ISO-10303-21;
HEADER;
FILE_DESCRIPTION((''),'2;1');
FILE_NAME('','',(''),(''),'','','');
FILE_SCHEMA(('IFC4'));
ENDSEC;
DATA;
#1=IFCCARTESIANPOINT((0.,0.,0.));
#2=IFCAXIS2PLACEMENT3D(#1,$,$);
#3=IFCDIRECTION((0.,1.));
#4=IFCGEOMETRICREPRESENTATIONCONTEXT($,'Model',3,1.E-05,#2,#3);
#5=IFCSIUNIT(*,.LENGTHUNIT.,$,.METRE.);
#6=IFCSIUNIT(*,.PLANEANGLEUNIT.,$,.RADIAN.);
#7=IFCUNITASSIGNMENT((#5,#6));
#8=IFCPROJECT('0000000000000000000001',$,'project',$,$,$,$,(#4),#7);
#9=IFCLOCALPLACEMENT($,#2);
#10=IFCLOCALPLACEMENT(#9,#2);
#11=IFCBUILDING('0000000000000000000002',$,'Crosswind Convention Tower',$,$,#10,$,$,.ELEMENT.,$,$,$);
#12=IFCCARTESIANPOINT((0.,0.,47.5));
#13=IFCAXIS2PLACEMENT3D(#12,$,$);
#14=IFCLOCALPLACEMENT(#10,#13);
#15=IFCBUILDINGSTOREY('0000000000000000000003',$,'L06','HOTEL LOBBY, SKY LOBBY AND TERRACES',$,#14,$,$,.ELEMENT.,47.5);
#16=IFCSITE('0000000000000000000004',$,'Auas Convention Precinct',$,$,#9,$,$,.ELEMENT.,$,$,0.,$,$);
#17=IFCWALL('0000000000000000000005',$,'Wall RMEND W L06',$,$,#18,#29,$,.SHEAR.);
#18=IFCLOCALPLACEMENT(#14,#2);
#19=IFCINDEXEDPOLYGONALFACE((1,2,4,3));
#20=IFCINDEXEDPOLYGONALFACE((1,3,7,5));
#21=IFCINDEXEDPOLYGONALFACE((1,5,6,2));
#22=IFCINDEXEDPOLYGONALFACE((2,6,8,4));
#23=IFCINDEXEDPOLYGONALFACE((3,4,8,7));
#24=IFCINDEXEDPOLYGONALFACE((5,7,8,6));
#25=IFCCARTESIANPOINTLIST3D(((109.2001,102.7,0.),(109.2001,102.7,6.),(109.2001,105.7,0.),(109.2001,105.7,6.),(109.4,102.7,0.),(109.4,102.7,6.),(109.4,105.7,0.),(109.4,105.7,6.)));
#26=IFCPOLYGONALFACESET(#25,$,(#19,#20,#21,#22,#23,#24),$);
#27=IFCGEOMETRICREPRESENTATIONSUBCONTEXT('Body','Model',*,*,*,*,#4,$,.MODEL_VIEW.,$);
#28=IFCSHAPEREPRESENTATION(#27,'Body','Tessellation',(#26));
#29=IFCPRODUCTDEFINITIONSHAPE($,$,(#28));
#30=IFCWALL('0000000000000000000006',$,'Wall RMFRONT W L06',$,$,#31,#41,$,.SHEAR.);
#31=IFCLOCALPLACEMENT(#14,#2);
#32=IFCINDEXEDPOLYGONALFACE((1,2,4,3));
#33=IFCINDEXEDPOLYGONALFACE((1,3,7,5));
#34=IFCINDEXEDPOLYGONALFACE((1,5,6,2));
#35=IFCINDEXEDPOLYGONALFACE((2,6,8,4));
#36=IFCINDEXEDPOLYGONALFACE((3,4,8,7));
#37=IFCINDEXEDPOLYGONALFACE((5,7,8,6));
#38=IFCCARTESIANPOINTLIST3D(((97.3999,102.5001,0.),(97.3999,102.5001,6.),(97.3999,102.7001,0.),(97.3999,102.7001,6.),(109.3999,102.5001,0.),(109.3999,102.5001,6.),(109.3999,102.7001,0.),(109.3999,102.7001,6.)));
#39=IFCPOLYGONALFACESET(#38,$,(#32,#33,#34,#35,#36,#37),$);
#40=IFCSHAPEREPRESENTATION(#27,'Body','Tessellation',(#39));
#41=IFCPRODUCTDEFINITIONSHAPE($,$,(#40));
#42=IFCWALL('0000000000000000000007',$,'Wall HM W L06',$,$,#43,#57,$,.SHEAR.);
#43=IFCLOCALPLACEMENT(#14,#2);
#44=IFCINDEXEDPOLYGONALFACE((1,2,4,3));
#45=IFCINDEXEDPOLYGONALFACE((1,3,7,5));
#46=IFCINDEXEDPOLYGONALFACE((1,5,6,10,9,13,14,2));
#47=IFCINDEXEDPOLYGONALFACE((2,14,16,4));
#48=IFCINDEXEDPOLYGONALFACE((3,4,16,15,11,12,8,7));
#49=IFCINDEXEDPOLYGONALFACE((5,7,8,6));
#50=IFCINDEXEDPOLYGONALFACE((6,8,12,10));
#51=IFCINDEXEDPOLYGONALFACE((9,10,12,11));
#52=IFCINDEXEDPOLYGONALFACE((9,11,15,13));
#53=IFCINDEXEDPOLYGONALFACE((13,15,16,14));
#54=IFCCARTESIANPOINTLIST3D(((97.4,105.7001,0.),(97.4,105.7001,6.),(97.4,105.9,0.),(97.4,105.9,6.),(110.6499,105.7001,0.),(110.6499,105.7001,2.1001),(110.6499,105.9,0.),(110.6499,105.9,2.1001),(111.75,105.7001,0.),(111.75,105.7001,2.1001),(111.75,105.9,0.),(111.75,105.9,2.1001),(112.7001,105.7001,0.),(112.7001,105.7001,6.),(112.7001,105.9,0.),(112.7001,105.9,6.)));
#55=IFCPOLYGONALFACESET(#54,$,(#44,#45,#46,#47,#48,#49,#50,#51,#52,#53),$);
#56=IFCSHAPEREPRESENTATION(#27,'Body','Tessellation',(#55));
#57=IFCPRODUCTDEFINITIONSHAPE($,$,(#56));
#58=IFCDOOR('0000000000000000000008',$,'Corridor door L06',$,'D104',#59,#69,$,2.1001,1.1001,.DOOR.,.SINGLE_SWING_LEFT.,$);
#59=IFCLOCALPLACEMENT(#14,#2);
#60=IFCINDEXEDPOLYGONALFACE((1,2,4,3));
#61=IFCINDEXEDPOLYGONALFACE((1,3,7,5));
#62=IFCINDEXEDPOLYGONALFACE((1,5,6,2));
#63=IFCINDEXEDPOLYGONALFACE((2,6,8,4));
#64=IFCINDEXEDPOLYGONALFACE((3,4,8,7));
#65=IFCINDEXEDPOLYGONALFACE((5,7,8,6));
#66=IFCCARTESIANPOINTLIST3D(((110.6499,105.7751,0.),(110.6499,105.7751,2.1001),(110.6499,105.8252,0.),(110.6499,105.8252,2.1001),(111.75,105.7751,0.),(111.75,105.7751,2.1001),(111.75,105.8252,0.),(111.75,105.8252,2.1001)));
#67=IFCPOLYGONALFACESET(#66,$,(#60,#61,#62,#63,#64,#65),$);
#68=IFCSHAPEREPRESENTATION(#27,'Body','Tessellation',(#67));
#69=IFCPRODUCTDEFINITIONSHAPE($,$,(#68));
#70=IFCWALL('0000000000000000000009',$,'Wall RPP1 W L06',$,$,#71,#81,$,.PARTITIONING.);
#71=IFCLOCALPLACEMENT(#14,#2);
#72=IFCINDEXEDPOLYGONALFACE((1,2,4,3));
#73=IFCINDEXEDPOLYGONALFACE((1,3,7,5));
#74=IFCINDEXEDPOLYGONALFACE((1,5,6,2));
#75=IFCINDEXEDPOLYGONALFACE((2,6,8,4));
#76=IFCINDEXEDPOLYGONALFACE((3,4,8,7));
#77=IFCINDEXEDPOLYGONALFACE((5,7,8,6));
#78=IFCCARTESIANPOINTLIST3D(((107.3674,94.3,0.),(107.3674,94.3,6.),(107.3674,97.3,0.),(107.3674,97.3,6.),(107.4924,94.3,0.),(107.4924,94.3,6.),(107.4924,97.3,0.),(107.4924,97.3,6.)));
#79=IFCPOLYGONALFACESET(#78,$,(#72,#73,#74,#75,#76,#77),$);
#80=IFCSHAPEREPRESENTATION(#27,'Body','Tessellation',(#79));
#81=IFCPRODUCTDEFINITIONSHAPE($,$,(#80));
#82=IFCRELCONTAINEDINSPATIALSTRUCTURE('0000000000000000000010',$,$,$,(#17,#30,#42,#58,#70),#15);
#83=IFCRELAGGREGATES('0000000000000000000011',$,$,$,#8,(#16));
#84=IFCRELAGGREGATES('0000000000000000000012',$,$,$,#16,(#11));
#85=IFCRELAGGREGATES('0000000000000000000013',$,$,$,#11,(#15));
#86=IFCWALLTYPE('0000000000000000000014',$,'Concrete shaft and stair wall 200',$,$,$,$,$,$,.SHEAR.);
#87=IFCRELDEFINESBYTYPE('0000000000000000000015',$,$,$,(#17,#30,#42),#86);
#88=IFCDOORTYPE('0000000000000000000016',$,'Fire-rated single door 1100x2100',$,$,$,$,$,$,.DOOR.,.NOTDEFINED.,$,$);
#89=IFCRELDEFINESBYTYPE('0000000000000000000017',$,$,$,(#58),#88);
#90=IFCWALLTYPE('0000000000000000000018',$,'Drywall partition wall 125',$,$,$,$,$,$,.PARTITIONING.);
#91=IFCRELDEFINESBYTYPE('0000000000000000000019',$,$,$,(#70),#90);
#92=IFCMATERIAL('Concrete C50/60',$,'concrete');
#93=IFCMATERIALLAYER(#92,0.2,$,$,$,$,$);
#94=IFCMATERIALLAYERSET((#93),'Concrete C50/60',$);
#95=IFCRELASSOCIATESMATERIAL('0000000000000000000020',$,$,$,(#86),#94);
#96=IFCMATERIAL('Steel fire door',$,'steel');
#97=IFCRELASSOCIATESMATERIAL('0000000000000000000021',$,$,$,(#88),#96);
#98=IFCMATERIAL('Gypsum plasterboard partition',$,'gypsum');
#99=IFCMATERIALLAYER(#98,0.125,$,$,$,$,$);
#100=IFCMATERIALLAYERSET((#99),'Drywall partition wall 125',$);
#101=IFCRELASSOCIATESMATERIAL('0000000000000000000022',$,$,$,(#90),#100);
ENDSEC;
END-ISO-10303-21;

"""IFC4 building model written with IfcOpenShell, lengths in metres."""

from ifc_helpers import new_model, si_unit, direction, frame, frame_2d, origin, place, context, subcontext, project, spatial, rectangle, extrude, material, layer, layer_set, type_object, element, fill, save


model = new_model("IFC4")

# Units and contexts
model_context = context("Model", 3, precision=1e-05, world=origin(), true_north=direction((0.0, 1.0)))
body_context = subcontext(model_context, "Body", "Model", "MODEL_VIEW")
ifc_project = project(units=[si_unit("LENGTHUNIT", "METRE"), si_unit("PLANEANGLEUNIT", "RADIAN")], contexts=[model_context])

# Site, building, storey
site_placement = place(None, origin())
site = spatial("IfcSite", under=ifc_project, at=site_placement, Name="Auas Convention Precinct", CompositionType="ELEMENT", RefElevation=0.0)
building_placement = place(site_placement, origin())
building = spatial("IfcBuilding", under=site, at=building_placement, Name="Crosswind Convention Tower", CompositionType="ELEMENT")
storey_placement = place(building_placement, frame((0.0, 0.0, 47.5)))
storey = spatial("IfcBuildingStorey", under=building, at=storey_placement, Name="L06", Description="HOTEL LOBBY, SKY LOBBY AND TERRACES", CompositionType="ELEMENT", Elevation=47.5)

# Shared definitions
ifc_material_1 = material(Name="Concrete C50/60", Category="concrete")

# Shared definitions
ifc_layer_1 = layer(ifc_material_1, 0.2)
ifc_layer_set_1 = layer_set([ifc_layer_1], Name="Concrete C50/60")
wall_type_1 = type_object("IfcWallType", Name="Concrete shaft and stair wall 200", PredefinedType="SHEAR", material=ifc_layer_set_1)

# Walls
wall_1_placement = place(storey_placement, frame((109.3, 105.7, 0.0), z_axis=(0.0, 0.0, 1.0), x_axis=(0.0, -1.0, 0.0)))
element("IfcWall", 1, at=wall_1_placement, inside=storey, type_object=wall_type_1, Name="Wall RMEND W L06", PredefinedType="SHEAR", context=body_context, shape_type="SweptSolid", body=[
    extrude(rectangle(XDim=3.0, YDim=0.2, at=frame_2d((1.5, 0.0))), origin(), (0.0, 0.0, 1.0), 6.0),
])
wall_2_placement = place(storey_placement, frame((109.3999, 102.6001, 0.0), z_axis=(0.0, 0.0, 1.0), x_axis=(-1.0, 0.0, 0.0)))
element("IfcWall", 2, at=wall_2_placement, inside=storey, type_object=wall_type_1, Name="Wall RMFRONT W L06", PredefinedType="SHEAR", context=body_context, shape_type="SweptSolid", body=[
    extrude(rectangle(XDim=12.0, YDim=0.2, at=frame_2d((6.0, 0.0))), origin(), (0.0, 0.0, 1.0), 6.0),
])

# Wall, opening, door
wall_3_placement = place(storey_placement, frame((112.7, 105.8, 0.0), z_axis=(0.0, 0.0, 1.0), x_axis=(-1.0, 0.0, 0.0)))
wall_3 = element("IfcWall", 3, at=wall_3_placement, inside=storey, type_object=wall_type_1, Name="Wall HM W L06", PredefinedType="SHEAR", context=body_context, shape_type="SweptSolid", body=[
    extrude(rectangle(XDim=15.3, YDim=0.2, at=frame_2d((7.6499, 0.0))), origin(), (0.0, 0.0, 1.0), 6.0),
])
opening_1_placement = place(wall_3_placement, frame((0.95, 0.0, 0.0)))
opening_1 = element("IfcOpeningElement", 4, at=opening_1_placement, cuts=wall_3, PredefinedType="OPENING", context=body_context, shape_type="SweptSolid", body=[
    extrude(rectangle(XDim=1.1001, YDim=2.1001, at=frame_2d((0.55, 1.05))), frame((0.0, 0.1099, 0.0), z_axis=(0.0, -1.0, 0.0), x_axis=(1.0, 0.0, 0.0)), (0.0, 0.0, 1.0), 0.22),
])
ifc_material_2 = material(Name="Steel fire door", Category="steel")
door_type_1 = type_object("IfcDoorType", Name="Fire-rated single door 1100x2100", OperationType="NOTDEFINED", PredefinedType="DOOR", material=ifc_material_2)
door_1_placement = place(opening_1_placement, origin())
door_1 = element("IfcDoor", 5, at=door_1_placement, inside=storey, type_object=door_type_1, Name="Corridor door L06", ObjectType="D104", OperationType="SINGLE_SWING_LEFT", OverallHeight=2.1001, OverallWidth=1.1001, PredefinedType="DOOR", context=body_context, shape_type="SweptSolid", body=[
    extrude(rectangle(XDim=1.1001, YDim=2.1001, at=frame_2d((0.55, 1.05))), frame((0.0, 0.0249, 0.0), z_axis=(0.0, -1.0, 0.0), x_axis=(1.0, 0.0, 0.0)), (0.0, 0.0, 1.0), 0.05),
])
fill(opening_1, door_1)

# Wall
ifc_material_3 = material(Name="Gypsum plasterboard partition", Category="gypsum")
ifc_layer_2 = layer(ifc_material_3, 0.125)
ifc_layer_set_2 = layer_set([ifc_layer_2], Name="Drywall partition wall 125")
wall_type_2 = type_object("IfcWallType", Name="Drywall partition wall 125", PredefinedType="PARTITIONING", material=ifc_layer_set_2)
wall_4_placement = place(storey_placement, frame((107.4299, 97.3, 0.0), z_axis=(0.0, 0.0, 1.0), x_axis=(0.0, -1.0, 0.0)))
element("IfcWall", 6, at=wall_4_placement, inside=storey, type_object=wall_type_2, Name="Wall RPP1 W L06", PredefinedType="PARTITIONING", context=body_context, shape_type="SweptSolid", body=[
    extrude(rectangle(XDim=3.0, YDim=0.125, at=frame_2d((1.5, 0.0))), origin(), (0.0, 0.0, 1.0), 6.0),
])

save(model, "model.ifc")
